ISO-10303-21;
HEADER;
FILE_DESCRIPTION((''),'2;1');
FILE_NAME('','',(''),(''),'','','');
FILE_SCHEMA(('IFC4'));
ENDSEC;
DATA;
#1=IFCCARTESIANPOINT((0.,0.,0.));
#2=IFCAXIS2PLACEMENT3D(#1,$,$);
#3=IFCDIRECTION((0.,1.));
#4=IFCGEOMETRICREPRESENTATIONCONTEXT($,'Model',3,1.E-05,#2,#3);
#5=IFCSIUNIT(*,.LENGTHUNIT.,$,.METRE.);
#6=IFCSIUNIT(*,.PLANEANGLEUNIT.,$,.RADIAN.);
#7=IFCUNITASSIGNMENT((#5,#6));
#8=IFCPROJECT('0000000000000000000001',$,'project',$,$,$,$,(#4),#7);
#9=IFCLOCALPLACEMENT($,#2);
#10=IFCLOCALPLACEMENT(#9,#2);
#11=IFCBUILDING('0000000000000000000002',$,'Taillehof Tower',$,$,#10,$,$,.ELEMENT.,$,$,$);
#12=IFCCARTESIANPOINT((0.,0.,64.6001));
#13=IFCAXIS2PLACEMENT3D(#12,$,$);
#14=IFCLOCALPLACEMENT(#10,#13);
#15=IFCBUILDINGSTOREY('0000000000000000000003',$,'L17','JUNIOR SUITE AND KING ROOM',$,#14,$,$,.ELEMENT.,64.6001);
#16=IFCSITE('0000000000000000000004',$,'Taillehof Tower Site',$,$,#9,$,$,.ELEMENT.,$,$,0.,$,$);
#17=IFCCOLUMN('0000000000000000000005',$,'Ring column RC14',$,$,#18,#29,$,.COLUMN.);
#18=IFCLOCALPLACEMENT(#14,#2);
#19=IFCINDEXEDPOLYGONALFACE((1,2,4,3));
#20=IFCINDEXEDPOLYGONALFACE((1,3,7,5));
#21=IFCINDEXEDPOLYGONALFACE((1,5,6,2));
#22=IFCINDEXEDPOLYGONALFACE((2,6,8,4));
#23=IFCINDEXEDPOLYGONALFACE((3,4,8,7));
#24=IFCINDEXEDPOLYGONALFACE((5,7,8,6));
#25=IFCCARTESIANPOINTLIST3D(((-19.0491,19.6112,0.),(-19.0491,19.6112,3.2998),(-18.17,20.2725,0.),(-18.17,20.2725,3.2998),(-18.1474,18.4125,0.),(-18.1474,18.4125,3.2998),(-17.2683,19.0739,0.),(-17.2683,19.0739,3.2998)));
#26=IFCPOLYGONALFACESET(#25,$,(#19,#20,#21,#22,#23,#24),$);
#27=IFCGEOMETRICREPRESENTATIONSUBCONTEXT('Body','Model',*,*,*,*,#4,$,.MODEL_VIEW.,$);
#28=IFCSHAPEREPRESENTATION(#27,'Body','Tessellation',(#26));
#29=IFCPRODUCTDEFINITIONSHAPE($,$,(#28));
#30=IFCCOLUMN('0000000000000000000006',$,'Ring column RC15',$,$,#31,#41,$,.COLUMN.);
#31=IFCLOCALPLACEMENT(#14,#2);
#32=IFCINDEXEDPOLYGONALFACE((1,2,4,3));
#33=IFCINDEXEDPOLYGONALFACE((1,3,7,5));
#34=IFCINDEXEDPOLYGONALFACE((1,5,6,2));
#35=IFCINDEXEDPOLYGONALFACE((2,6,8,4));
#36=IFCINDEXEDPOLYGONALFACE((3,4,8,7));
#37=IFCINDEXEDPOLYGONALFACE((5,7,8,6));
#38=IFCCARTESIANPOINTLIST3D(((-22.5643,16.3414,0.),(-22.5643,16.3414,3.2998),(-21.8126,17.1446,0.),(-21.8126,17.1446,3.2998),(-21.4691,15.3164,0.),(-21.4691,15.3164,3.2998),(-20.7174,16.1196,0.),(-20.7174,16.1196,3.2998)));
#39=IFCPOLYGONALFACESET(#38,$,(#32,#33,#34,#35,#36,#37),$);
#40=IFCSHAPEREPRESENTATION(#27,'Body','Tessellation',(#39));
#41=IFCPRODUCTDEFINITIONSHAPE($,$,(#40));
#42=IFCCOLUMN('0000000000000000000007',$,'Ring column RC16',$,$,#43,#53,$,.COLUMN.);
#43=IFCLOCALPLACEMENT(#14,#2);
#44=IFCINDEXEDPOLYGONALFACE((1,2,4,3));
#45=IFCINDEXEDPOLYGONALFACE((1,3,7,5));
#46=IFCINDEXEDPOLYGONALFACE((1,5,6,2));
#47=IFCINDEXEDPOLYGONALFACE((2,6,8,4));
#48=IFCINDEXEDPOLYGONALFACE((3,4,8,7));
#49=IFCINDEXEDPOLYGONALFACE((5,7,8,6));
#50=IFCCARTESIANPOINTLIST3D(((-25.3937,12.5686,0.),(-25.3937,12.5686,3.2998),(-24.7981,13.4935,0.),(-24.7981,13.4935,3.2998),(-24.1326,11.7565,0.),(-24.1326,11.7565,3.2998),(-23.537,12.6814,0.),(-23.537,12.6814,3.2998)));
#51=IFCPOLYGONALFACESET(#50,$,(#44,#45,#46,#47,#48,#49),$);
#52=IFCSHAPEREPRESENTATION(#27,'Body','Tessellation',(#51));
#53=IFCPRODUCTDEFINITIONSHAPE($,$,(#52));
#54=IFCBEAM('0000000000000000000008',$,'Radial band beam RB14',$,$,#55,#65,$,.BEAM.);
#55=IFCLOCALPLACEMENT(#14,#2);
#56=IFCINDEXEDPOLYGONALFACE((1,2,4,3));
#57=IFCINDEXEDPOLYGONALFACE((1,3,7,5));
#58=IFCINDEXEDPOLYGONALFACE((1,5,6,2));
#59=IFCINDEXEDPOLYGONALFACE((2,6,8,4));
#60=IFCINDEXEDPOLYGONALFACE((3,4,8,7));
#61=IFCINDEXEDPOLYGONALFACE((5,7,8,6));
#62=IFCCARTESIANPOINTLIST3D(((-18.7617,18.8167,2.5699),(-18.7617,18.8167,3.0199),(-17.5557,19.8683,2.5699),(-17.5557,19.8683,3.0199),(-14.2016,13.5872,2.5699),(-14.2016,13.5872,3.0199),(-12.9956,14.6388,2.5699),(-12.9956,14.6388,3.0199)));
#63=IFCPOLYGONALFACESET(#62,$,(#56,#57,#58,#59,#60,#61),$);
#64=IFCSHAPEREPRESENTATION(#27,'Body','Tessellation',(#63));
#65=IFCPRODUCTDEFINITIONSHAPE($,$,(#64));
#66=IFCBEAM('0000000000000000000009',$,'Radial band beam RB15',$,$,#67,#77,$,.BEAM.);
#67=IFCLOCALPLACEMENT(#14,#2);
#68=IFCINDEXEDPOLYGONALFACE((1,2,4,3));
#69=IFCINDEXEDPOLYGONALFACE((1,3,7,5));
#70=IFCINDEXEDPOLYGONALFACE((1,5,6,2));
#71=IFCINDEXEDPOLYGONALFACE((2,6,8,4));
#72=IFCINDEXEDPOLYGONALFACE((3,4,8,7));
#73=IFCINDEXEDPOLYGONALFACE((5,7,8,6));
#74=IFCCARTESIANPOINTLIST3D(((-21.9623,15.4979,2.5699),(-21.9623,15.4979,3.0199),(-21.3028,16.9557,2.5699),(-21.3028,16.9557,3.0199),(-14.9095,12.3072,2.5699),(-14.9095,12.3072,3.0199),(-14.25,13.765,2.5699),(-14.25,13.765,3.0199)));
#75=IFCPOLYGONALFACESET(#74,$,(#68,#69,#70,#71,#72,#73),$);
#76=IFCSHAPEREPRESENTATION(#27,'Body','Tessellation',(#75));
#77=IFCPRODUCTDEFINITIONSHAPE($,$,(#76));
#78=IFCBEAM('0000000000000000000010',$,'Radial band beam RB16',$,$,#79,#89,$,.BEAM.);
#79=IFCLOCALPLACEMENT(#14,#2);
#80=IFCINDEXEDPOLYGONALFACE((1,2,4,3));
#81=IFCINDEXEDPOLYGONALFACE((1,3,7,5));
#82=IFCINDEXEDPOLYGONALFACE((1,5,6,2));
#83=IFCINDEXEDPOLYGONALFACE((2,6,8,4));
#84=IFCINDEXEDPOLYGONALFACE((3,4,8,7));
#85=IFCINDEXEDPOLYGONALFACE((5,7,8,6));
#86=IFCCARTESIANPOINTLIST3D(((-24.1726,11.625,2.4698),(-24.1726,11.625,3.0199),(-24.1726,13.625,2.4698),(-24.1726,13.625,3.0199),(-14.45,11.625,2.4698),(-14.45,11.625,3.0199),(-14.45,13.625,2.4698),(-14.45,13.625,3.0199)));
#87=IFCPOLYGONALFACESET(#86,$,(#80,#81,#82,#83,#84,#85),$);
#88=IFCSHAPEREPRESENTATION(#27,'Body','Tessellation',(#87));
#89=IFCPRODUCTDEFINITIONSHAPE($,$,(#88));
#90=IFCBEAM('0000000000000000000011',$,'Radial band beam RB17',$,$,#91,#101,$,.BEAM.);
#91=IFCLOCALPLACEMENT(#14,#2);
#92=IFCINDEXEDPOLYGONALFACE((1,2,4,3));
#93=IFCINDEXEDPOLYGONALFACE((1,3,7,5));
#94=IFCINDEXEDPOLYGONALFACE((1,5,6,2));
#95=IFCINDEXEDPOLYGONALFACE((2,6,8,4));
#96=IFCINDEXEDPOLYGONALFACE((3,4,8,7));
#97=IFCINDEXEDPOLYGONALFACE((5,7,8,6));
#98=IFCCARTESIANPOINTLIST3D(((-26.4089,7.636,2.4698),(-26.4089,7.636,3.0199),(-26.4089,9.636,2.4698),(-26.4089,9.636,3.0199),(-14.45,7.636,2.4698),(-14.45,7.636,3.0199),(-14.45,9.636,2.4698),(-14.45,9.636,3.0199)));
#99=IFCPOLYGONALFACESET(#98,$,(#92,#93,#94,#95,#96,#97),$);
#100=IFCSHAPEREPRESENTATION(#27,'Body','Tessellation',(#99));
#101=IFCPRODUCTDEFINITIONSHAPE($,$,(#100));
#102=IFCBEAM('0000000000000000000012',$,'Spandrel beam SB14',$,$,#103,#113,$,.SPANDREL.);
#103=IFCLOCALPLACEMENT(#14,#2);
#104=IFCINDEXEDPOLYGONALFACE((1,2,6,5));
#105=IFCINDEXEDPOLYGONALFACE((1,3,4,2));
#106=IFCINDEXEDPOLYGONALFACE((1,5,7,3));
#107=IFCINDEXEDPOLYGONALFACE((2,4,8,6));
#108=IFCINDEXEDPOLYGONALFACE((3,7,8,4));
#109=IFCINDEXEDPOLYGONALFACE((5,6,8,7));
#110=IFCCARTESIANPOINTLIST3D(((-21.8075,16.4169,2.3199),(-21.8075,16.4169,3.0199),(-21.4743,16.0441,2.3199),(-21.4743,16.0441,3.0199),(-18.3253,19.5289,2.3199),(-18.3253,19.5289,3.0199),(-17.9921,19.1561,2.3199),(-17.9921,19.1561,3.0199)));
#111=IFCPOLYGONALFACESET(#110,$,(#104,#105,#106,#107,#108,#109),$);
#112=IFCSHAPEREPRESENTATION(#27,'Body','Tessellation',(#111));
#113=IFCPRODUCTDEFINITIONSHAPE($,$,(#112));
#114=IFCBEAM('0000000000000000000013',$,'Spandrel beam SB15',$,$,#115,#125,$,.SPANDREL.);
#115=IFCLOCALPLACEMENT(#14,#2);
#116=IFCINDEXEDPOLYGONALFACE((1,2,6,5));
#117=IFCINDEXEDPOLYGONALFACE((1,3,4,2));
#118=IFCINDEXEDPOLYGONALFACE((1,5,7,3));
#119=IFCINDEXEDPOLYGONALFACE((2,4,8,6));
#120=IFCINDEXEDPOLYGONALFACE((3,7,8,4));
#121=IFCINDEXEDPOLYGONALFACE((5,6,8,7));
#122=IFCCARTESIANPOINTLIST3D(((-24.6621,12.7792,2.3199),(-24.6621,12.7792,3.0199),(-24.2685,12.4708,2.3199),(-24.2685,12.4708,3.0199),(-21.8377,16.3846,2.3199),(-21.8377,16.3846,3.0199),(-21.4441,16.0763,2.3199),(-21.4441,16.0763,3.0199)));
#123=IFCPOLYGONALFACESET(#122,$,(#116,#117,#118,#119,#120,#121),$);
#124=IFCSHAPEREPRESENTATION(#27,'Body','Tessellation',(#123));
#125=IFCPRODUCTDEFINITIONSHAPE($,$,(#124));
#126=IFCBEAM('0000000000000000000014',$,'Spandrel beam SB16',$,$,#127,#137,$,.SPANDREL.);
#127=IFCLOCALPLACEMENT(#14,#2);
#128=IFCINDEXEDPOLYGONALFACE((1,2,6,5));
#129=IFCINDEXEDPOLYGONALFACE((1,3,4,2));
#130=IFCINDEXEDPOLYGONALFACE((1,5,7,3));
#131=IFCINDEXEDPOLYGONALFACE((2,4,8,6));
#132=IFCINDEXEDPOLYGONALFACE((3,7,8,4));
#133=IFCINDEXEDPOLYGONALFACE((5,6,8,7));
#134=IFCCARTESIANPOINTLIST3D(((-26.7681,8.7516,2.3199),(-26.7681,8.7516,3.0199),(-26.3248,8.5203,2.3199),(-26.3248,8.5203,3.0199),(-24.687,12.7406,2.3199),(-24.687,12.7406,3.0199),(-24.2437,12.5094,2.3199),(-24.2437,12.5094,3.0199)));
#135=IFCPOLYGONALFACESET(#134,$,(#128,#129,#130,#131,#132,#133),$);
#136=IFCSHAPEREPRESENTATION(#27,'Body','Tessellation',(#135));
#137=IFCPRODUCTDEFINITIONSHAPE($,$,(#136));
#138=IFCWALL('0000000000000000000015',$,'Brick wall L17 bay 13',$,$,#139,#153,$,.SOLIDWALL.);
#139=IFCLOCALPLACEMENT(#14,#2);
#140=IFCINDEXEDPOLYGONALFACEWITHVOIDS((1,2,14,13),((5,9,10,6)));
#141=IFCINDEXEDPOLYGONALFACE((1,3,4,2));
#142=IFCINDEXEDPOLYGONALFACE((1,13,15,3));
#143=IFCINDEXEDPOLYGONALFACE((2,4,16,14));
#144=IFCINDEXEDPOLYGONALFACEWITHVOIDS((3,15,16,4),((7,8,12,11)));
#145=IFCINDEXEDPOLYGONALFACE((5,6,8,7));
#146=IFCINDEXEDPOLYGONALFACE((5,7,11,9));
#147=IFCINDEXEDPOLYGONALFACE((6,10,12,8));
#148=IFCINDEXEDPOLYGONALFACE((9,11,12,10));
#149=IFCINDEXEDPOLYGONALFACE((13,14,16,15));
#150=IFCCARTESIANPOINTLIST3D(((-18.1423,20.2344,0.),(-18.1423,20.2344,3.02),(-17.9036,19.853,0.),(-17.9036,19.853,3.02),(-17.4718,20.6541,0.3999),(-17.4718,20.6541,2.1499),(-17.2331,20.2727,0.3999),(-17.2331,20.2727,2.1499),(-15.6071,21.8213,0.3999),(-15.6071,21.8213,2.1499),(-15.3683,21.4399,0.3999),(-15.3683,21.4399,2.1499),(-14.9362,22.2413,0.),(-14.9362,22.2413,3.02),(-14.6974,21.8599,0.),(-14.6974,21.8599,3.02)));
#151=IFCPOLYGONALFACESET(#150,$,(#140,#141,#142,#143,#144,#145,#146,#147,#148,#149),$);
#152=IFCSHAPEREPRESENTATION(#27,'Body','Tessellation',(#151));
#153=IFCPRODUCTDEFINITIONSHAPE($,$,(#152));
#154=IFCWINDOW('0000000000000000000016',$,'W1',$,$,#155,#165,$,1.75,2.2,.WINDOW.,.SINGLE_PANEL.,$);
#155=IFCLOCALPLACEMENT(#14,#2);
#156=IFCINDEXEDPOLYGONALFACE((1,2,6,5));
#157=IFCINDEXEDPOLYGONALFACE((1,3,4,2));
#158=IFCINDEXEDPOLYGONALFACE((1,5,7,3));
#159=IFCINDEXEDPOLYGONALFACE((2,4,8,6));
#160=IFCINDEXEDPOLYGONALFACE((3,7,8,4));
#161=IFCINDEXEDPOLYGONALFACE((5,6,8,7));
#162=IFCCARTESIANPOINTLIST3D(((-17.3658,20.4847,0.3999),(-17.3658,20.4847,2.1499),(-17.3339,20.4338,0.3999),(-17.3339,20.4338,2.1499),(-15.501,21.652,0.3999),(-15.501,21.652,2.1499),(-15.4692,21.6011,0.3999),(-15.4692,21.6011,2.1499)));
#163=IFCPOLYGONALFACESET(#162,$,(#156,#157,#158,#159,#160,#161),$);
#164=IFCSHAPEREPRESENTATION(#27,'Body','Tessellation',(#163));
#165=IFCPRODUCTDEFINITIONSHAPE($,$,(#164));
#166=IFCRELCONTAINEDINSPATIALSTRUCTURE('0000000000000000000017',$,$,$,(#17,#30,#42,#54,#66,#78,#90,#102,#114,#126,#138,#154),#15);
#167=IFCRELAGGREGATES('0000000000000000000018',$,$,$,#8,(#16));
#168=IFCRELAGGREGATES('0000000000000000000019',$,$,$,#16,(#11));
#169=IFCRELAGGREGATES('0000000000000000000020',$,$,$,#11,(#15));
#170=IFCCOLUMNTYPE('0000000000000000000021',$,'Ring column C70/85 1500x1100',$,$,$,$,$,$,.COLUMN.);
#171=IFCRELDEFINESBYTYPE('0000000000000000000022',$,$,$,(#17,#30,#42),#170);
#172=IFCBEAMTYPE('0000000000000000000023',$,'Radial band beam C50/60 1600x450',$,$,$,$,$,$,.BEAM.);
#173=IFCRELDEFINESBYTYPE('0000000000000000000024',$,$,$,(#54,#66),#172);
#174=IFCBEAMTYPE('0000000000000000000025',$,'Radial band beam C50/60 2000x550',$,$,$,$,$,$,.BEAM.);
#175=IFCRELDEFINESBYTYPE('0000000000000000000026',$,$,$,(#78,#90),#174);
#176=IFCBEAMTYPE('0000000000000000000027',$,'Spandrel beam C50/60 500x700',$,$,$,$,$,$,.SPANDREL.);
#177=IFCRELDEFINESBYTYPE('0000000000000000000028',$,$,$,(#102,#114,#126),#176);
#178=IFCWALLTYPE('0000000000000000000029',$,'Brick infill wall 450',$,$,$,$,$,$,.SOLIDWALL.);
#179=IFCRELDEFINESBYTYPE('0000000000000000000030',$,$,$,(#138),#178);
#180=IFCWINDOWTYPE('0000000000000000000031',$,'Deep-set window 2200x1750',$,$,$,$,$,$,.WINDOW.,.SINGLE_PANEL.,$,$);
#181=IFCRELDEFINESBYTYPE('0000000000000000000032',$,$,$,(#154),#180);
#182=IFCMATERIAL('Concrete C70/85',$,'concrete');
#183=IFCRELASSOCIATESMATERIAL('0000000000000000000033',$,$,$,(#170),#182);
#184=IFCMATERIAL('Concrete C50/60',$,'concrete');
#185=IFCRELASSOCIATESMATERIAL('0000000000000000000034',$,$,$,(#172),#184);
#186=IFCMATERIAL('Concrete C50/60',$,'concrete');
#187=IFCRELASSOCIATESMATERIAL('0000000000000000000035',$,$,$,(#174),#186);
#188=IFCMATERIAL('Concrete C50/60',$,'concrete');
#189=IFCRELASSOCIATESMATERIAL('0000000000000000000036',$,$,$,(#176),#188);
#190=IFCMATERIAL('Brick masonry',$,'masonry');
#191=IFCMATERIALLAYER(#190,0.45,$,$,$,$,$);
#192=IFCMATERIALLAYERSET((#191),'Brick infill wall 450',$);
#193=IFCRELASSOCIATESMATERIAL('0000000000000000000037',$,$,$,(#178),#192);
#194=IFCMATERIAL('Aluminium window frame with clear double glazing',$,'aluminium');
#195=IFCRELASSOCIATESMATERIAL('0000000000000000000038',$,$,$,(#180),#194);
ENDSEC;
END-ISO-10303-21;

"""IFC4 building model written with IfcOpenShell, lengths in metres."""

from ifc_helpers import new_model, si_unit, direction, frame, frame_2d, origin, origin_2d, place, context, subcontext, project, spatial, rectangle, extrude, material, layer, layer_set, material_profile, profile_set, type_object, element, fill, save


model = new_model("IFC4")

# Units and contexts
model_context = context("Model", 3, precision=1e-05, world=origin(), true_north=direction((0.0, 1.0)))
body_context = subcontext(model_context, "Body", "Model", "MODEL_VIEW")
ifc_project = project(units=[si_unit("LENGTHUNIT", "METRE"), si_unit("PLANEANGLEUNIT", "RADIAN")], contexts=[model_context])

# Site, building, storey
site_placement = place(None, origin())
site = spatial("IfcSite", under=ifc_project, at=site_placement, Name="Taillehof Tower Site", CompositionType="ELEMENT", RefElevation=0.0)
building_placement = place(site_placement, origin())
building = spatial("IfcBuilding", under=site, at=building_placement, Name="Taillehof Tower", CompositionType="ELEMENT")
storey_placement = place(building_placement, frame((0.0, 0.0, 64.6001)))
storey = spatial("IfcBuildingStorey", under=building, at=storey_placement, Name="L17", Description="JUNIOR SUITE AND KING ROOM", CompositionType="ELEMENT", Elevation=64.6001)

# Columns
ifc_material_1 = material(Name="Concrete C70/85", Category="concrete")
ifc_material_profile_1 = material_profile(ifc_material_1, rectangle(XDim=1.5, YDim=1.1001, at=origin_2d()), Name="RC 1500x1100")
ifc_profile_set_1 = profile_set([ifc_material_profile_1], Name="Concrete C70/85")
column_type = type_object("IfcColumnType", Name="Ring column C70/85 1500x1100", PredefinedType="COLUMN", material=ifc_profile_set_1)
for number, where, z_axis, x_axis, name in (
    (1, (-18.1587, 19.3425, 0.0), (0.0, 0.0, 1.0), (-0.601174, 0.799118, 0.0), "Ring column RC14"),
    (2, (-21.6409, 16.2305, 0.0), (0.0, 0.0, 1.0), (-0.730113, 0.683326, 0.0), "Ring column RC15"),
    (3, (-24.4653, 12.625, 0.0), (0.0, 0.0, 1.0), (-0.840754, 0.541418, 0.0), "Ring column RC16"),
):
    element("IfcColumn", number, at=place(storey_placement, frame(where, z_axis=z_axis, x_axis=x_axis)), inside=storey, type_object=column_type, Name=name, PredefinedType="COLUMN", context=body_context, shape_type="SweptSolid", body=[
        extrude(rectangle(XDim=1.5, YDim=1.1001, at=origin_2d()), origin(), (0.0, 0.0, 1.0), 3.2998),
    ])

# Beams
ifc_material_2 = material(Name="Concrete C50/60", Category="concrete")
ifc_material_profile_2 = material_profile(ifc_material_2, rectangle(XDim=1.6001, YDim=0.45, at=origin_2d()), Name="RC 1600x450")
ifc_profile_set_2 = profile_set([ifc_material_profile_2], Name="Concrete C50/60")
beam_type_1 = type_object("IfcBeamType", Name="Radial band beam C50/60 1600x450", PredefinedType="BEAM", material=ifc_profile_set_2)
beam_1_placement = place(storey_placement, frame((-18.1587, 19.3425, 2.7949), z_axis=(0.657218, -0.7537, 0.0), x_axis=(0.7537, 0.657218, 0.0)))
element("IfcBeam", 4, at=beam_1_placement, inside=storey, type_object=beam_type_1, Name="Radial band beam RB14", PredefinedType="BEAM", context=body_context, shape_type="SweptSolid", body=[
    extrude(rectangle(XDim=1.6001, YDim=0.45, at=origin_2d()), origin(), (0.0, 0.0, 1.0), 6.9385),
])
beam_2_placement = place(storey_placement, frame((-21.6326, 16.2268, 2.7949), z_axis=(0.911101, -0.412184, 0.0), x_axis=(0.412184, 0.911101, 0.0)))
element("IfcBeam", 5, at=beam_2_placement, inside=storey, type_object=beam_type_1, Name="Radial band beam RB15", PredefinedType="BEAM", context=body_context, shape_type="SweptSolid", body=[
    extrude(rectangle(XDim=1.6001, YDim=0.45, at=origin_2d()), origin(), (0.0, 0.0, 1.0), 7.741),
])
ifc_material_3 = material(Name="Concrete C50/60", Category="concrete")
ifc_material_profile_3 = material_profile(ifc_material_3, rectangle(XDim=2.0, YDim=0.55, at=origin_2d()), Name="RC 2000x550")
ifc_profile_set_3 = profile_set([ifc_material_profile_3], Name="Concrete C50/60")
beam_type_2 = type_object("IfcBeamType", Name="Radial band beam C50/60 2000x550", PredefinedType="BEAM", material=ifc_profile_set_3)
beam_3_placement = place(storey_placement, frame((-24.1726, 12.625, 2.7449), z_axis=(1.0, 0.0, 0.0), x_axis=(0.0, 1.0, 0.0)))
element("IfcBeam", 6, at=beam_3_placement, inside=storey, type_object=beam_type_2, Name="Radial band beam RB16", PredefinedType="BEAM", context=body_context, shape_type="SweptSolid", body=[
    extrude(rectangle(XDim=2.0, YDim=0.55, at=origin_2d()), origin(), (0.0, 0.0, 1.0), 9.7227),
])
beam_4_placement = place(storey_placement, frame((-26.4089, 8.636, 2.7449), z_axis=(1.0, 0.0, 0.0), x_axis=(0.0, 1.0, 0.0)))
element("IfcBeam", 7, at=beam_4_placement, inside=storey, type_object=beam_type_2, Name="Radial band beam RB17", PredefinedType="BEAM", context=body_context, shape_type="SweptSolid", body=[
    extrude(rectangle(XDim=2.0, YDim=0.55, at=origin_2d()), origin(), (0.0, 0.0, 1.0), 11.959),
])
ifc_material_4 = material(Name="Concrete C50/60", Category="concrete")
ifc_material_profile_4 = material_profile(ifc_material_4, rectangle(XDim=0.5, YDim=0.7, at=origin_2d()), Name="RC 500x700")
ifc_profile_set_4 = profile_set([ifc_material_profile_4], Name="Concrete C50/60")
beam_type_3 = type_object("IfcBeamType", Name="Spandrel beam C50/60 500x700", PredefinedType="SPANDREL", material=ifc_profile_set_4)
beam_5_placement = place(storey_placement, frame((-18.1587, 19.3425, 2.6699), z_axis=(-0.745621, -0.66637, 0.0), x_axis=(0.66637, -0.745621, 0.0)))
element("IfcBeam", 8, at=beam_5_placement, inside=storey, type_object=beam_type_3, Name="Spandrel beam SB14", PredefinedType="SPANDREL", context=body_context, shape_type="SweptSolid", body=[
    extrude(rectangle(XDim=0.5, YDim=0.7, at=origin_2d()), origin(), (0.0, 0.0, 1.0), 4.6702),
])
beam_6_placement = place(storey_placement, frame((-21.6409, 16.2305, 2.6699), z_axis=(-0.616686, -0.787209, 0.0), x_axis=(0.787209, -0.616686, 0.0)))
element("IfcBeam", 9, at=beam_6_placement, inside=storey, type_object=beam_type_3, Name="Spandrel beam SB15", PredefinedType="SPANDREL", context=body_context, shape_type="SweptSolid", body=[
    extrude(rectangle(XDim=0.5, YDim=0.7, at=origin_2d()), origin(), (0.0, 0.0, 1.0), 4.5801),
])
beam_7_placement = place(storey_placement, frame((-24.4653, 12.625, 2.6699), z_axis=(-0.462536, -0.8866, 0.0), x_axis=(0.8866, -0.462536, 0.0)))
element("IfcBeam", 10, at=beam_7_placement, inside=storey, type_object=beam_type_3, Name="Spandrel beam SB16", PredefinedType="SPANDREL", context=body_context, shape_type="SweptSolid", body=[
    extrude(rectangle(XDim=0.5, YDim=0.7, at=origin_2d()), origin(), (0.0, 0.0, 1.0), 4.4993),
])

# Wall, opening, window
ifc_material_5 = material(Name="Brick masonry", Category="masonry")
ifc_layer_1 = layer(ifc_material_5, 0.45)
ifc_layer_set_1 = layer_set([ifc_layer_1], Name="Brick infill wall 450")
wall_type_1 = type_object("IfcWallType", Name="Brick infill wall 450", PredefinedType="SOLIDWALL", material=ifc_layer_set_1)
wall_1_placement = place(storey_placement, frame((-14.8169, 22.0505, 0.0), z_axis=(0.0, 0.0, 1.0), x_axis=(-0.847635, -0.530579, 0.0)))
wall_1 = element("IfcWall", 11, at=wall_1_placement, inside=storey, type_object=wall_type_1, Name="Brick wall L17 bay 13", PredefinedType="SOLIDWALL", context=body_context, shape_type="SweptSolid", body=[
    extrude(rectangle(XDim=3.7825, YDim=0.45, at=frame_2d((1.8911, 0.0))), origin(), (0.0, 0.0, 1.0), 3.02),
])
opening_1_placement = place(wall_1_placement, frame((0.7913, 0.0, 0.3999)))
opening_1 = element("IfcOpeningElement", 12, at=opening_1_placement, cuts=wall_1, PredefinedType="OPENING", context=body_context, shape_type="SweptSolid", body=[
    extrude(rectangle(XDim=2.2, YDim=1.75, at=frame_2d((1.1001, 0.875))), frame((0.0, 0.2349, 0.0), z_axis=(0.0, -1.0, 0.0), x_axis=(1.0, 0.0, 0.0)), (0.0, 0.0, 1.0), 0.47),
])
ifc_material_6 = material(Name="Aluminium window frame with clear double glazing", Category="aluminium")
window_type = type_object("IfcWindowType", Name="Deep-set window 2200x1750", PartitioningType="SINGLE_PANEL", PredefinedType="WINDOW", material=ifc_material_6)
window_1_placement = place(opening_1_placement, origin())
window_1 = element("IfcWindow", 13, at=window_1_placement, inside=storey, type_object=window_type, Name="W1", OverallHeight=1.75, OverallWidth=2.2, PartitioningType="SINGLE_PANEL", PredefinedType="WINDOW", context=body_context, shape_type="SweptSolid", body=[
    extrude(rectangle(XDim=2.2, YDim=1.75, at=frame_2d((1.1001, 0.875))), frame((0.0, 0.0349, 0.0), z_axis=(0.0, -1.0, 0.0), x_axis=(1.0, 0.0, 0.0)), (0.0, 0.0, 1.0), 0.0601),
])
fill(opening_1, window_1)

save(model, "model.ifc")
